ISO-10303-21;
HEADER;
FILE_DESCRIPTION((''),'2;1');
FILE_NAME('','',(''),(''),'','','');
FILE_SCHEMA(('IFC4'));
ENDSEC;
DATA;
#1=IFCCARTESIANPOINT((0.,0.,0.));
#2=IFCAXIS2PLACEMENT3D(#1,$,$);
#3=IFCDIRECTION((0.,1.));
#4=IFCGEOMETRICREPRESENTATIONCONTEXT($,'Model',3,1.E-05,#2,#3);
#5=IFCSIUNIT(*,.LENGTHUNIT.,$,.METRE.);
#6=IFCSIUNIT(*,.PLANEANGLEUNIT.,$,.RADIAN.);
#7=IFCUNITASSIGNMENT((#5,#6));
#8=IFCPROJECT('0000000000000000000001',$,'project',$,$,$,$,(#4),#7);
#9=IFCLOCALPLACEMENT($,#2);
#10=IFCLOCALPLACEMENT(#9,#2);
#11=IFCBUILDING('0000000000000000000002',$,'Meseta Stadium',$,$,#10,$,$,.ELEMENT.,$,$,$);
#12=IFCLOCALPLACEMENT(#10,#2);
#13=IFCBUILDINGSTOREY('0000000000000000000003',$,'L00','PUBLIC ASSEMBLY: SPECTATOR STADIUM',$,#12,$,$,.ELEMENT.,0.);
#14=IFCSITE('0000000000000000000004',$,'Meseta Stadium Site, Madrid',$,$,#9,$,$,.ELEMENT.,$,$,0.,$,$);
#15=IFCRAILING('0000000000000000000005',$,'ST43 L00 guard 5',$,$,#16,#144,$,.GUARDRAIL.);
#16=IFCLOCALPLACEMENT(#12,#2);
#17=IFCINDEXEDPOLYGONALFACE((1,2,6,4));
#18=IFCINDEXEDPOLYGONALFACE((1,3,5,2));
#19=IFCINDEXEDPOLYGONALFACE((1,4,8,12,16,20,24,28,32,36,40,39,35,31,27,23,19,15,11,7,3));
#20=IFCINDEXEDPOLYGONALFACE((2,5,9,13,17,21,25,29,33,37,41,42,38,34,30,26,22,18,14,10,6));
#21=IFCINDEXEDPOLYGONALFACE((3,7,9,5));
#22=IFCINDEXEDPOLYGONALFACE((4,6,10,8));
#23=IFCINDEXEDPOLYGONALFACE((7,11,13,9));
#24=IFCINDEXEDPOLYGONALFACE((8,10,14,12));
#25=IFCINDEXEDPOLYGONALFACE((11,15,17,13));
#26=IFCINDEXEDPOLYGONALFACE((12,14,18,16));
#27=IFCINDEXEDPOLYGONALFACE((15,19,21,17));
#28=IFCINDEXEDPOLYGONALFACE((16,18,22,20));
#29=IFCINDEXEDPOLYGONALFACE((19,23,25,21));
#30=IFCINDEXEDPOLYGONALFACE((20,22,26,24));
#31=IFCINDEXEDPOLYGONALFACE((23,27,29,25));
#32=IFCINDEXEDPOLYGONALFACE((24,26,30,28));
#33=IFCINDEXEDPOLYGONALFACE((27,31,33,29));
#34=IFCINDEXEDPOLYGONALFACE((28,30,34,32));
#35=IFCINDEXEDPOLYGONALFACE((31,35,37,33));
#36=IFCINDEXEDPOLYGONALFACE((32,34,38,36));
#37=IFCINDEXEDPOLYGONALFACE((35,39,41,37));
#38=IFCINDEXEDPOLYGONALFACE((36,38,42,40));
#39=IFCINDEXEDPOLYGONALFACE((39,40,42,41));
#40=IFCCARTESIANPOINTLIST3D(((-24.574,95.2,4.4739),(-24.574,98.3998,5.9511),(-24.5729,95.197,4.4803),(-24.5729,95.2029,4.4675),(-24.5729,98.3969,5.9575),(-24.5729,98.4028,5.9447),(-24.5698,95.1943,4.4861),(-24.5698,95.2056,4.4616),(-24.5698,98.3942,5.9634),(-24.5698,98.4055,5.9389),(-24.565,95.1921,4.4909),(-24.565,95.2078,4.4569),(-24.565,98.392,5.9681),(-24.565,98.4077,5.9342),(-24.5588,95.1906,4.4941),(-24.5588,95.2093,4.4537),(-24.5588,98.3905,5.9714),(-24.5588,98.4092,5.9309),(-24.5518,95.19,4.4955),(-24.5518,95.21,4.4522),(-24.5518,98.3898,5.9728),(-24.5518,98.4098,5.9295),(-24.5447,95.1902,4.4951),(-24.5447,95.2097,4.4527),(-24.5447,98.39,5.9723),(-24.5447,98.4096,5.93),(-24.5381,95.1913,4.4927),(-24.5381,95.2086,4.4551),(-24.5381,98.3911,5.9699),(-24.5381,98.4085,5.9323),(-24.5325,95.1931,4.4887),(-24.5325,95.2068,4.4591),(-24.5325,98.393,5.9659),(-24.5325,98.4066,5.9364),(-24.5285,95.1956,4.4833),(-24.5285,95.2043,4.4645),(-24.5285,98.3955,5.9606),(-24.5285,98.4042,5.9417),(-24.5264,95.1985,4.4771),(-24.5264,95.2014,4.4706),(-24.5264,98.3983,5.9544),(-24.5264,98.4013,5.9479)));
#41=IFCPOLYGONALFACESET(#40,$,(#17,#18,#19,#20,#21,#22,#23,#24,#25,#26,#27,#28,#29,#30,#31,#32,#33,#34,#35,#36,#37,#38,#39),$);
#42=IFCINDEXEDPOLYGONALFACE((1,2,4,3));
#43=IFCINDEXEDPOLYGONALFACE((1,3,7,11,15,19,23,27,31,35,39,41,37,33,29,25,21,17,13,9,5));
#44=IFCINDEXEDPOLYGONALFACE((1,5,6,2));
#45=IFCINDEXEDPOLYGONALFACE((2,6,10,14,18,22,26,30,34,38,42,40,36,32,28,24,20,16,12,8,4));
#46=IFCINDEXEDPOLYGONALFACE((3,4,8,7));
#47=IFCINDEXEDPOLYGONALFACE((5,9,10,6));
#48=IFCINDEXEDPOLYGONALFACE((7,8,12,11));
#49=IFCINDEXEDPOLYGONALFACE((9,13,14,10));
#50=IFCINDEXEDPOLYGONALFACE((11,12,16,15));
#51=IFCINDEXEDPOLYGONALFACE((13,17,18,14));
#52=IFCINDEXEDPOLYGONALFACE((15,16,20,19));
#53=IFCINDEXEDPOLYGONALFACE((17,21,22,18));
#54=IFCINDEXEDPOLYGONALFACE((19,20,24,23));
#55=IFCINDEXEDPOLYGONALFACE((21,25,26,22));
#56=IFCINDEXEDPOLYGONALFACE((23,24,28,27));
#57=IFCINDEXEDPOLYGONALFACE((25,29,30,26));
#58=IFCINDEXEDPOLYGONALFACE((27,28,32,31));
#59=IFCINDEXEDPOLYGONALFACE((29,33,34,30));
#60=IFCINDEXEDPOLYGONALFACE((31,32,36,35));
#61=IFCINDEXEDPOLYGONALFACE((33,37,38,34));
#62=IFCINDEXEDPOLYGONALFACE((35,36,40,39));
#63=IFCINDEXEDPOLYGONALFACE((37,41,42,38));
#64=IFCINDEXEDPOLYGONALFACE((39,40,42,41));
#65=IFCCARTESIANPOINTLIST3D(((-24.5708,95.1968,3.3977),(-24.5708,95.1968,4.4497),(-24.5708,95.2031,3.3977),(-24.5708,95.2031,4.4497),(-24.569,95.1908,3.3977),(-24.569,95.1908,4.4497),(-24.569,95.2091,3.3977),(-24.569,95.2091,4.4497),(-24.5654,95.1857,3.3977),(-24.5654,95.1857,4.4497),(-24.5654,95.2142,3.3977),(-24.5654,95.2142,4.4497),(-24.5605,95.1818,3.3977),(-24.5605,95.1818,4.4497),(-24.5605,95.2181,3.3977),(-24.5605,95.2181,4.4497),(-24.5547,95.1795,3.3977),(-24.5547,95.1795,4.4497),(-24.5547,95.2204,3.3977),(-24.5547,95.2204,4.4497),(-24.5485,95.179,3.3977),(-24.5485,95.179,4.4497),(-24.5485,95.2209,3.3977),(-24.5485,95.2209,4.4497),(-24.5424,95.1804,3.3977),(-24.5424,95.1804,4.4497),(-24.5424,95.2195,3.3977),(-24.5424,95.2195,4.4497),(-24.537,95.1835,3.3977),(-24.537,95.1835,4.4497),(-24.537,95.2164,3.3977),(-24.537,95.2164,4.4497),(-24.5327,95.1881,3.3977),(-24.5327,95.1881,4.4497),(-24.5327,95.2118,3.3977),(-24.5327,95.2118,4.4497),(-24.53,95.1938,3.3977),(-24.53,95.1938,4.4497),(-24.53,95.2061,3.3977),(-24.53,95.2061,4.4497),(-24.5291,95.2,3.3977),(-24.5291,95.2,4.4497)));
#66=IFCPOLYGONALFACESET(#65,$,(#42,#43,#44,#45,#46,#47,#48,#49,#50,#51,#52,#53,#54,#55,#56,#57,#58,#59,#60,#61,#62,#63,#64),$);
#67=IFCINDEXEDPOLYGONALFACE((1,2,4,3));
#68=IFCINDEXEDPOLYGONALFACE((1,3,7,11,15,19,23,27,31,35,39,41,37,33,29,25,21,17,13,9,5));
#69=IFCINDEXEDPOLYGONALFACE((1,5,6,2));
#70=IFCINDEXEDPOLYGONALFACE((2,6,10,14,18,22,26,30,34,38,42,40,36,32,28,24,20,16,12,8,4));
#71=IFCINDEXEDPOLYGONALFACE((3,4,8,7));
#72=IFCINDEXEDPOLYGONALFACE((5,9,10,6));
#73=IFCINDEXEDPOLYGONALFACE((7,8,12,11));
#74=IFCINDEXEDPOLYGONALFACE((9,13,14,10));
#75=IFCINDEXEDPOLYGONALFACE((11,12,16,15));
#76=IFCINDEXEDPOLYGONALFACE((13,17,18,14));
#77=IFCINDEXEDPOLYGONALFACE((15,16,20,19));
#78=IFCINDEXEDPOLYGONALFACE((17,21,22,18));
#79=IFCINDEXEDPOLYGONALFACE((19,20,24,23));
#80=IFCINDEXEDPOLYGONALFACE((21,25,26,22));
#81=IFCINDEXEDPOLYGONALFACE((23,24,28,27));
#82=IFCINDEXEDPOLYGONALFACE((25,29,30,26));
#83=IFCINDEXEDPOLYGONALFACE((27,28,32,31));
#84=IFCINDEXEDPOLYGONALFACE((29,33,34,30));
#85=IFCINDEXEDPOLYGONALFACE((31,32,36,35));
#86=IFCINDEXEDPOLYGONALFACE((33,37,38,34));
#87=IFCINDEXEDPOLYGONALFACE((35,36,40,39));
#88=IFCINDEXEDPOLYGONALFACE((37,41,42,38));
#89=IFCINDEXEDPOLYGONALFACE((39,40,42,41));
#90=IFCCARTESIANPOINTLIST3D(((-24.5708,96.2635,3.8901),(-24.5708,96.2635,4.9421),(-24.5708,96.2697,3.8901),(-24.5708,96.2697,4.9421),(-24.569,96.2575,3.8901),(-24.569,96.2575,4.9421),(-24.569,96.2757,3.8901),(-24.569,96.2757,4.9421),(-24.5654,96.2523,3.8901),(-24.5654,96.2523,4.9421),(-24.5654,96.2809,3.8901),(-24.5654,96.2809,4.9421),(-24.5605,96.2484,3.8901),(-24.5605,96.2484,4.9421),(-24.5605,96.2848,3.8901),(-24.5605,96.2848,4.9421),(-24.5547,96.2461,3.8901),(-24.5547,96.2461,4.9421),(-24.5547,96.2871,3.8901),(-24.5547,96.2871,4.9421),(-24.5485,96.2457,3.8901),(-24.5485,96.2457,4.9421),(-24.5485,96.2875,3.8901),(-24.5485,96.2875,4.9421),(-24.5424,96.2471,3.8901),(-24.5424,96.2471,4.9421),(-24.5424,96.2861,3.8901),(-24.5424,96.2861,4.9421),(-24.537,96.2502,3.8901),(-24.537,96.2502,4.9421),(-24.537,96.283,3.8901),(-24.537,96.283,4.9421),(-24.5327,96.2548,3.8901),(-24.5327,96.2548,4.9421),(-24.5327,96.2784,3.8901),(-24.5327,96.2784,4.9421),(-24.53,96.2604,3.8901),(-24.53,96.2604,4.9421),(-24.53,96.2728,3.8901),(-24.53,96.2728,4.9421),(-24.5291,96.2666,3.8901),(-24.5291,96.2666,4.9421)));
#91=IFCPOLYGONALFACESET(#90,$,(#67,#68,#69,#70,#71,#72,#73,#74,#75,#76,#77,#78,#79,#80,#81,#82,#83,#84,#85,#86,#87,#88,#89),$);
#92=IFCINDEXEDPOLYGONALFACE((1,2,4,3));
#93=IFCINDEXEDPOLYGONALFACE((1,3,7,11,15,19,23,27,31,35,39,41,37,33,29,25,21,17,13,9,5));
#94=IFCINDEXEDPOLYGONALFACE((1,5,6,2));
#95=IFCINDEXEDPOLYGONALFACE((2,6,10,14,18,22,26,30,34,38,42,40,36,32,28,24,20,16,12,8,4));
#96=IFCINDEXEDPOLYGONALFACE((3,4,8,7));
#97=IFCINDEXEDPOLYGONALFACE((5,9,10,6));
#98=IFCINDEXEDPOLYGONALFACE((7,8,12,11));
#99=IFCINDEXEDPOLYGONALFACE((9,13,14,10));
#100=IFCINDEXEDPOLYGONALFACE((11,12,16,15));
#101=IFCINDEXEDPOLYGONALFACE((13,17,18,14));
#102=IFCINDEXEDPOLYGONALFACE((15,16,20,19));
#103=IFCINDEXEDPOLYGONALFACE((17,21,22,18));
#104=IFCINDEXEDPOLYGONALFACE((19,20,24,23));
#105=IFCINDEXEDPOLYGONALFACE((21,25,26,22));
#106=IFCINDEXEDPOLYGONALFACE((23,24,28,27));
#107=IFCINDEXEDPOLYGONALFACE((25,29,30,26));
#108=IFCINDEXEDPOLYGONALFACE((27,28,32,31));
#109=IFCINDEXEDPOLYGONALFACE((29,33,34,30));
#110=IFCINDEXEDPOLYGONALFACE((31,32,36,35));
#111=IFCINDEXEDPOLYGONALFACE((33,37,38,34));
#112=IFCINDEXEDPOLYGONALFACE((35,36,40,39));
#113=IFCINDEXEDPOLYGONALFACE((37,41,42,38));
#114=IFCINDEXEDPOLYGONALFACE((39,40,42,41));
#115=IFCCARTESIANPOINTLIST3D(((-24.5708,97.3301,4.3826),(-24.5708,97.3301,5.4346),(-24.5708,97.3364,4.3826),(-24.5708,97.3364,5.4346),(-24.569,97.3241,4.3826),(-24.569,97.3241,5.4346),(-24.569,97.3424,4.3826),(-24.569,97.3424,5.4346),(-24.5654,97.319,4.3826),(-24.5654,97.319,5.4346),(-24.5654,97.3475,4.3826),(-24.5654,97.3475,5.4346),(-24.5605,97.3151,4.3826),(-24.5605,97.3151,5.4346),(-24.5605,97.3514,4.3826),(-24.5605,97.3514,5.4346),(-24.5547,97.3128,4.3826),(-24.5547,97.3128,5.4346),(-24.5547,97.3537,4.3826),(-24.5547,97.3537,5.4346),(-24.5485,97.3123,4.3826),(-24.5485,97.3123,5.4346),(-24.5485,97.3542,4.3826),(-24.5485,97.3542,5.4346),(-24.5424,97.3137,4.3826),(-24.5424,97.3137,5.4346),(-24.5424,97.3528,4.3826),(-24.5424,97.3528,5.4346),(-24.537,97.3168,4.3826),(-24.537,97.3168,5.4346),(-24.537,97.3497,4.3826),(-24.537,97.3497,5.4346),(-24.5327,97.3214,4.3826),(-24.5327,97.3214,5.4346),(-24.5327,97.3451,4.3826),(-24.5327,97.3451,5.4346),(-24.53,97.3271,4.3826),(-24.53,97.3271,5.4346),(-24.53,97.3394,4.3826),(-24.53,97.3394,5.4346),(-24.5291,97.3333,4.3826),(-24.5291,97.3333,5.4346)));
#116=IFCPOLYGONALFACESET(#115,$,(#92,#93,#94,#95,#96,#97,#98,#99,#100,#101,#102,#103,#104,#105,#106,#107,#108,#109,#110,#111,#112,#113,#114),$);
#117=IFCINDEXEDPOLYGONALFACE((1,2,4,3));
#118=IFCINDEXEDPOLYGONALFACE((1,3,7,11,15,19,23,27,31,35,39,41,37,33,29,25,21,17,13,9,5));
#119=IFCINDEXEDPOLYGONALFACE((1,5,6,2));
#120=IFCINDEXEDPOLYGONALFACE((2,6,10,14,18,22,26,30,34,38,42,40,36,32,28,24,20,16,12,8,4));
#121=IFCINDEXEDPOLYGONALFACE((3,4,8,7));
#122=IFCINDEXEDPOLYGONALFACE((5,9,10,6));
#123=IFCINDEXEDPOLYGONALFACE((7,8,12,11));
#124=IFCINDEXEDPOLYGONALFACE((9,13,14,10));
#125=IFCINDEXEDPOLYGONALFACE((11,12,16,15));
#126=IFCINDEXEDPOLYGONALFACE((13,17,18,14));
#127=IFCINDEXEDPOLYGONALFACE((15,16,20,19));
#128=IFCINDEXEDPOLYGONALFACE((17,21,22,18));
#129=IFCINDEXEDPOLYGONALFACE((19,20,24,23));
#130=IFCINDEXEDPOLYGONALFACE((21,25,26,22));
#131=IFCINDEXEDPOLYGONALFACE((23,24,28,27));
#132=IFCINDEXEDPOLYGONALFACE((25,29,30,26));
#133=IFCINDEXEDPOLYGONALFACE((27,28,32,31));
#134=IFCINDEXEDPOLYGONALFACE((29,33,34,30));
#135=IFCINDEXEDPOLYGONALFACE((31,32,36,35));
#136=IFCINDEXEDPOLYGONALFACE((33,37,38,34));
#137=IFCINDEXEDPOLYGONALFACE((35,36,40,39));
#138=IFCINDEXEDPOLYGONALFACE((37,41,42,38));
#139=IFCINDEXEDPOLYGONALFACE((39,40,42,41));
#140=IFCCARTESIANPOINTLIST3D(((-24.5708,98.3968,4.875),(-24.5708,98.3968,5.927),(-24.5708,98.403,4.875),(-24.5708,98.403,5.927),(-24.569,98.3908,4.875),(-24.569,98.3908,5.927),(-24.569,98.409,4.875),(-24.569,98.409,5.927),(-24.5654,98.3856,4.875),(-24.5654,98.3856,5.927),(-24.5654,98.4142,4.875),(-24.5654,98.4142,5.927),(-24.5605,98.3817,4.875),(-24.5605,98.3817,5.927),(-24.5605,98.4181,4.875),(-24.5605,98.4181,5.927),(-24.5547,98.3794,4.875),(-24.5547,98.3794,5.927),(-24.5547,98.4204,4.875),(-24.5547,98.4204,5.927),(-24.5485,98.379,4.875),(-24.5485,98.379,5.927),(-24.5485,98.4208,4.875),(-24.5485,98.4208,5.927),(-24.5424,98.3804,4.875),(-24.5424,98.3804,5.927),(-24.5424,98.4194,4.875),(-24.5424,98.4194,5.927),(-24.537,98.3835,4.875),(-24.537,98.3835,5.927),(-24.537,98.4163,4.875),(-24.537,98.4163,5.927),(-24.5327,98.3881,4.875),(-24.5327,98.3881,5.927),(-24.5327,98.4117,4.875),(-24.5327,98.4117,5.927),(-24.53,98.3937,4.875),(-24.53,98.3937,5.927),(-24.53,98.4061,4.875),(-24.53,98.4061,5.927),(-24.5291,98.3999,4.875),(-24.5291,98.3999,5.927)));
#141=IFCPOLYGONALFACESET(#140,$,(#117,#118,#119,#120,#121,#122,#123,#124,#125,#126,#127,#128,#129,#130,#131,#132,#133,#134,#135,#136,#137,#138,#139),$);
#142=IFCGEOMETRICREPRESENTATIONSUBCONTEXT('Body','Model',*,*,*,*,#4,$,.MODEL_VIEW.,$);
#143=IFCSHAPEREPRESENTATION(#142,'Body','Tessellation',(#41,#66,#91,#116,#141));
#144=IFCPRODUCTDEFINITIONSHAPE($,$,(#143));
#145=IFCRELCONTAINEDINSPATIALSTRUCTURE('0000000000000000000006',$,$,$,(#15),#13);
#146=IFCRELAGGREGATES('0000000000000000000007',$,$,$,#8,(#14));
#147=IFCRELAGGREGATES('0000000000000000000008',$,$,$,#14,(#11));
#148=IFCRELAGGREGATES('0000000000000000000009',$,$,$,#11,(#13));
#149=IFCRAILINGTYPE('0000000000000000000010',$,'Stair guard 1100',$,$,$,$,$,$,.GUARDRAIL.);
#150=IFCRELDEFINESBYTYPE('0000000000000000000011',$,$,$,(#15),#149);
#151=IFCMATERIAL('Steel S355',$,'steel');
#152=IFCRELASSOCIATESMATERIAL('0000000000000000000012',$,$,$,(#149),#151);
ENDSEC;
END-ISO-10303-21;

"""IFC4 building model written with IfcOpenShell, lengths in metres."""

from ifc_helpers import new_model, si_unit, direction, frame, origin, origin_2d, place, context, subcontext, project, spatial, circle, extrude, material, type_object, element, save


model = new_model("IFC4")

# Units and contexts
model_context = context("Model", 3, precision=1e-05, world=origin(), true_north=direction((0.0, 1.0)))
body_context = subcontext(model_context, "Body", "Model", "MODEL_VIEW")
ifc_project = project(units=[si_unit("LENGTHUNIT", "METRE"), si_unit("PLANEANGLEUNIT", "RADIAN")], contexts=[model_context])

# Site, building, storey
site_placement = place(None, origin())
site = spatial("IfcSite", under=ifc_project, at=site_placement, Name="Meseta Stadium Site, Madrid", CompositionType="ELEMENT", RefElevation=0.0)
building_placement = place(site_placement, origin())
building = spatial("IfcBuilding", under=site, at=building_placement, Name="Meseta Stadium", CompositionType="ELEMENT")
storey_placement = place(building_placement, origin())
storey = spatial("IfcBuildingStorey", under=building, at=storey_placement, Name="L00", Description="PUBLIC ASSEMBLY: SPECTATOR STADIUM", CompositionType="ELEMENT", Elevation=0.0)

# Railing
ifc_material_1 = material(Name="Steel S355", Category="steel")
railing_type_1 = type_object("IfcRailingType", Name="Stair guard 1100", PredefinedType="GUARDRAIL", material=ifc_material_1)
railing_1_placement = place(storey_placement, frame((-24.55, 95.2, 3.3977)))
element("IfcRailing", 1, at=railing_1_placement, inside=storey, type_object=railing_type_1, Name="ST43 L00 guard 5", PredefinedType="GUARDRAIL", context=body_context, shape_type="SweptSolid", body=[
    extrude(circle(Radius=0.0239, at=origin_2d()), frame((0.0, 0.0, 1.0762), z_axis=(0.0, 0.907917, 0.41915), x_axis=(-1.0, 0.0, 0.0)), (0.0, 0.0, 1.0), 3.5244),
    extrude(circle(Radius=0.021, at=origin_2d()), origin(), (0.0, 0.0, 1.0), 1.052),
    extrude(circle(Radius=0.021, at=origin_2d()), frame((0.0, 1.0667, 0.4924)), (0.0, 0.0, 1.0), 1.052),
    extrude(circle(Radius=0.021, at=origin_2d()), frame((0.0, 2.1333, 0.9849)), (0.0, 0.0, 1.0), 1.052),
    extrude(circle(Radius=0.021, at=origin_2d()), frame((0.0, 3.2, 1.4773)), (0.0, 0.0, 1.0), 1.052),
])

save(model, "model.ifc")
